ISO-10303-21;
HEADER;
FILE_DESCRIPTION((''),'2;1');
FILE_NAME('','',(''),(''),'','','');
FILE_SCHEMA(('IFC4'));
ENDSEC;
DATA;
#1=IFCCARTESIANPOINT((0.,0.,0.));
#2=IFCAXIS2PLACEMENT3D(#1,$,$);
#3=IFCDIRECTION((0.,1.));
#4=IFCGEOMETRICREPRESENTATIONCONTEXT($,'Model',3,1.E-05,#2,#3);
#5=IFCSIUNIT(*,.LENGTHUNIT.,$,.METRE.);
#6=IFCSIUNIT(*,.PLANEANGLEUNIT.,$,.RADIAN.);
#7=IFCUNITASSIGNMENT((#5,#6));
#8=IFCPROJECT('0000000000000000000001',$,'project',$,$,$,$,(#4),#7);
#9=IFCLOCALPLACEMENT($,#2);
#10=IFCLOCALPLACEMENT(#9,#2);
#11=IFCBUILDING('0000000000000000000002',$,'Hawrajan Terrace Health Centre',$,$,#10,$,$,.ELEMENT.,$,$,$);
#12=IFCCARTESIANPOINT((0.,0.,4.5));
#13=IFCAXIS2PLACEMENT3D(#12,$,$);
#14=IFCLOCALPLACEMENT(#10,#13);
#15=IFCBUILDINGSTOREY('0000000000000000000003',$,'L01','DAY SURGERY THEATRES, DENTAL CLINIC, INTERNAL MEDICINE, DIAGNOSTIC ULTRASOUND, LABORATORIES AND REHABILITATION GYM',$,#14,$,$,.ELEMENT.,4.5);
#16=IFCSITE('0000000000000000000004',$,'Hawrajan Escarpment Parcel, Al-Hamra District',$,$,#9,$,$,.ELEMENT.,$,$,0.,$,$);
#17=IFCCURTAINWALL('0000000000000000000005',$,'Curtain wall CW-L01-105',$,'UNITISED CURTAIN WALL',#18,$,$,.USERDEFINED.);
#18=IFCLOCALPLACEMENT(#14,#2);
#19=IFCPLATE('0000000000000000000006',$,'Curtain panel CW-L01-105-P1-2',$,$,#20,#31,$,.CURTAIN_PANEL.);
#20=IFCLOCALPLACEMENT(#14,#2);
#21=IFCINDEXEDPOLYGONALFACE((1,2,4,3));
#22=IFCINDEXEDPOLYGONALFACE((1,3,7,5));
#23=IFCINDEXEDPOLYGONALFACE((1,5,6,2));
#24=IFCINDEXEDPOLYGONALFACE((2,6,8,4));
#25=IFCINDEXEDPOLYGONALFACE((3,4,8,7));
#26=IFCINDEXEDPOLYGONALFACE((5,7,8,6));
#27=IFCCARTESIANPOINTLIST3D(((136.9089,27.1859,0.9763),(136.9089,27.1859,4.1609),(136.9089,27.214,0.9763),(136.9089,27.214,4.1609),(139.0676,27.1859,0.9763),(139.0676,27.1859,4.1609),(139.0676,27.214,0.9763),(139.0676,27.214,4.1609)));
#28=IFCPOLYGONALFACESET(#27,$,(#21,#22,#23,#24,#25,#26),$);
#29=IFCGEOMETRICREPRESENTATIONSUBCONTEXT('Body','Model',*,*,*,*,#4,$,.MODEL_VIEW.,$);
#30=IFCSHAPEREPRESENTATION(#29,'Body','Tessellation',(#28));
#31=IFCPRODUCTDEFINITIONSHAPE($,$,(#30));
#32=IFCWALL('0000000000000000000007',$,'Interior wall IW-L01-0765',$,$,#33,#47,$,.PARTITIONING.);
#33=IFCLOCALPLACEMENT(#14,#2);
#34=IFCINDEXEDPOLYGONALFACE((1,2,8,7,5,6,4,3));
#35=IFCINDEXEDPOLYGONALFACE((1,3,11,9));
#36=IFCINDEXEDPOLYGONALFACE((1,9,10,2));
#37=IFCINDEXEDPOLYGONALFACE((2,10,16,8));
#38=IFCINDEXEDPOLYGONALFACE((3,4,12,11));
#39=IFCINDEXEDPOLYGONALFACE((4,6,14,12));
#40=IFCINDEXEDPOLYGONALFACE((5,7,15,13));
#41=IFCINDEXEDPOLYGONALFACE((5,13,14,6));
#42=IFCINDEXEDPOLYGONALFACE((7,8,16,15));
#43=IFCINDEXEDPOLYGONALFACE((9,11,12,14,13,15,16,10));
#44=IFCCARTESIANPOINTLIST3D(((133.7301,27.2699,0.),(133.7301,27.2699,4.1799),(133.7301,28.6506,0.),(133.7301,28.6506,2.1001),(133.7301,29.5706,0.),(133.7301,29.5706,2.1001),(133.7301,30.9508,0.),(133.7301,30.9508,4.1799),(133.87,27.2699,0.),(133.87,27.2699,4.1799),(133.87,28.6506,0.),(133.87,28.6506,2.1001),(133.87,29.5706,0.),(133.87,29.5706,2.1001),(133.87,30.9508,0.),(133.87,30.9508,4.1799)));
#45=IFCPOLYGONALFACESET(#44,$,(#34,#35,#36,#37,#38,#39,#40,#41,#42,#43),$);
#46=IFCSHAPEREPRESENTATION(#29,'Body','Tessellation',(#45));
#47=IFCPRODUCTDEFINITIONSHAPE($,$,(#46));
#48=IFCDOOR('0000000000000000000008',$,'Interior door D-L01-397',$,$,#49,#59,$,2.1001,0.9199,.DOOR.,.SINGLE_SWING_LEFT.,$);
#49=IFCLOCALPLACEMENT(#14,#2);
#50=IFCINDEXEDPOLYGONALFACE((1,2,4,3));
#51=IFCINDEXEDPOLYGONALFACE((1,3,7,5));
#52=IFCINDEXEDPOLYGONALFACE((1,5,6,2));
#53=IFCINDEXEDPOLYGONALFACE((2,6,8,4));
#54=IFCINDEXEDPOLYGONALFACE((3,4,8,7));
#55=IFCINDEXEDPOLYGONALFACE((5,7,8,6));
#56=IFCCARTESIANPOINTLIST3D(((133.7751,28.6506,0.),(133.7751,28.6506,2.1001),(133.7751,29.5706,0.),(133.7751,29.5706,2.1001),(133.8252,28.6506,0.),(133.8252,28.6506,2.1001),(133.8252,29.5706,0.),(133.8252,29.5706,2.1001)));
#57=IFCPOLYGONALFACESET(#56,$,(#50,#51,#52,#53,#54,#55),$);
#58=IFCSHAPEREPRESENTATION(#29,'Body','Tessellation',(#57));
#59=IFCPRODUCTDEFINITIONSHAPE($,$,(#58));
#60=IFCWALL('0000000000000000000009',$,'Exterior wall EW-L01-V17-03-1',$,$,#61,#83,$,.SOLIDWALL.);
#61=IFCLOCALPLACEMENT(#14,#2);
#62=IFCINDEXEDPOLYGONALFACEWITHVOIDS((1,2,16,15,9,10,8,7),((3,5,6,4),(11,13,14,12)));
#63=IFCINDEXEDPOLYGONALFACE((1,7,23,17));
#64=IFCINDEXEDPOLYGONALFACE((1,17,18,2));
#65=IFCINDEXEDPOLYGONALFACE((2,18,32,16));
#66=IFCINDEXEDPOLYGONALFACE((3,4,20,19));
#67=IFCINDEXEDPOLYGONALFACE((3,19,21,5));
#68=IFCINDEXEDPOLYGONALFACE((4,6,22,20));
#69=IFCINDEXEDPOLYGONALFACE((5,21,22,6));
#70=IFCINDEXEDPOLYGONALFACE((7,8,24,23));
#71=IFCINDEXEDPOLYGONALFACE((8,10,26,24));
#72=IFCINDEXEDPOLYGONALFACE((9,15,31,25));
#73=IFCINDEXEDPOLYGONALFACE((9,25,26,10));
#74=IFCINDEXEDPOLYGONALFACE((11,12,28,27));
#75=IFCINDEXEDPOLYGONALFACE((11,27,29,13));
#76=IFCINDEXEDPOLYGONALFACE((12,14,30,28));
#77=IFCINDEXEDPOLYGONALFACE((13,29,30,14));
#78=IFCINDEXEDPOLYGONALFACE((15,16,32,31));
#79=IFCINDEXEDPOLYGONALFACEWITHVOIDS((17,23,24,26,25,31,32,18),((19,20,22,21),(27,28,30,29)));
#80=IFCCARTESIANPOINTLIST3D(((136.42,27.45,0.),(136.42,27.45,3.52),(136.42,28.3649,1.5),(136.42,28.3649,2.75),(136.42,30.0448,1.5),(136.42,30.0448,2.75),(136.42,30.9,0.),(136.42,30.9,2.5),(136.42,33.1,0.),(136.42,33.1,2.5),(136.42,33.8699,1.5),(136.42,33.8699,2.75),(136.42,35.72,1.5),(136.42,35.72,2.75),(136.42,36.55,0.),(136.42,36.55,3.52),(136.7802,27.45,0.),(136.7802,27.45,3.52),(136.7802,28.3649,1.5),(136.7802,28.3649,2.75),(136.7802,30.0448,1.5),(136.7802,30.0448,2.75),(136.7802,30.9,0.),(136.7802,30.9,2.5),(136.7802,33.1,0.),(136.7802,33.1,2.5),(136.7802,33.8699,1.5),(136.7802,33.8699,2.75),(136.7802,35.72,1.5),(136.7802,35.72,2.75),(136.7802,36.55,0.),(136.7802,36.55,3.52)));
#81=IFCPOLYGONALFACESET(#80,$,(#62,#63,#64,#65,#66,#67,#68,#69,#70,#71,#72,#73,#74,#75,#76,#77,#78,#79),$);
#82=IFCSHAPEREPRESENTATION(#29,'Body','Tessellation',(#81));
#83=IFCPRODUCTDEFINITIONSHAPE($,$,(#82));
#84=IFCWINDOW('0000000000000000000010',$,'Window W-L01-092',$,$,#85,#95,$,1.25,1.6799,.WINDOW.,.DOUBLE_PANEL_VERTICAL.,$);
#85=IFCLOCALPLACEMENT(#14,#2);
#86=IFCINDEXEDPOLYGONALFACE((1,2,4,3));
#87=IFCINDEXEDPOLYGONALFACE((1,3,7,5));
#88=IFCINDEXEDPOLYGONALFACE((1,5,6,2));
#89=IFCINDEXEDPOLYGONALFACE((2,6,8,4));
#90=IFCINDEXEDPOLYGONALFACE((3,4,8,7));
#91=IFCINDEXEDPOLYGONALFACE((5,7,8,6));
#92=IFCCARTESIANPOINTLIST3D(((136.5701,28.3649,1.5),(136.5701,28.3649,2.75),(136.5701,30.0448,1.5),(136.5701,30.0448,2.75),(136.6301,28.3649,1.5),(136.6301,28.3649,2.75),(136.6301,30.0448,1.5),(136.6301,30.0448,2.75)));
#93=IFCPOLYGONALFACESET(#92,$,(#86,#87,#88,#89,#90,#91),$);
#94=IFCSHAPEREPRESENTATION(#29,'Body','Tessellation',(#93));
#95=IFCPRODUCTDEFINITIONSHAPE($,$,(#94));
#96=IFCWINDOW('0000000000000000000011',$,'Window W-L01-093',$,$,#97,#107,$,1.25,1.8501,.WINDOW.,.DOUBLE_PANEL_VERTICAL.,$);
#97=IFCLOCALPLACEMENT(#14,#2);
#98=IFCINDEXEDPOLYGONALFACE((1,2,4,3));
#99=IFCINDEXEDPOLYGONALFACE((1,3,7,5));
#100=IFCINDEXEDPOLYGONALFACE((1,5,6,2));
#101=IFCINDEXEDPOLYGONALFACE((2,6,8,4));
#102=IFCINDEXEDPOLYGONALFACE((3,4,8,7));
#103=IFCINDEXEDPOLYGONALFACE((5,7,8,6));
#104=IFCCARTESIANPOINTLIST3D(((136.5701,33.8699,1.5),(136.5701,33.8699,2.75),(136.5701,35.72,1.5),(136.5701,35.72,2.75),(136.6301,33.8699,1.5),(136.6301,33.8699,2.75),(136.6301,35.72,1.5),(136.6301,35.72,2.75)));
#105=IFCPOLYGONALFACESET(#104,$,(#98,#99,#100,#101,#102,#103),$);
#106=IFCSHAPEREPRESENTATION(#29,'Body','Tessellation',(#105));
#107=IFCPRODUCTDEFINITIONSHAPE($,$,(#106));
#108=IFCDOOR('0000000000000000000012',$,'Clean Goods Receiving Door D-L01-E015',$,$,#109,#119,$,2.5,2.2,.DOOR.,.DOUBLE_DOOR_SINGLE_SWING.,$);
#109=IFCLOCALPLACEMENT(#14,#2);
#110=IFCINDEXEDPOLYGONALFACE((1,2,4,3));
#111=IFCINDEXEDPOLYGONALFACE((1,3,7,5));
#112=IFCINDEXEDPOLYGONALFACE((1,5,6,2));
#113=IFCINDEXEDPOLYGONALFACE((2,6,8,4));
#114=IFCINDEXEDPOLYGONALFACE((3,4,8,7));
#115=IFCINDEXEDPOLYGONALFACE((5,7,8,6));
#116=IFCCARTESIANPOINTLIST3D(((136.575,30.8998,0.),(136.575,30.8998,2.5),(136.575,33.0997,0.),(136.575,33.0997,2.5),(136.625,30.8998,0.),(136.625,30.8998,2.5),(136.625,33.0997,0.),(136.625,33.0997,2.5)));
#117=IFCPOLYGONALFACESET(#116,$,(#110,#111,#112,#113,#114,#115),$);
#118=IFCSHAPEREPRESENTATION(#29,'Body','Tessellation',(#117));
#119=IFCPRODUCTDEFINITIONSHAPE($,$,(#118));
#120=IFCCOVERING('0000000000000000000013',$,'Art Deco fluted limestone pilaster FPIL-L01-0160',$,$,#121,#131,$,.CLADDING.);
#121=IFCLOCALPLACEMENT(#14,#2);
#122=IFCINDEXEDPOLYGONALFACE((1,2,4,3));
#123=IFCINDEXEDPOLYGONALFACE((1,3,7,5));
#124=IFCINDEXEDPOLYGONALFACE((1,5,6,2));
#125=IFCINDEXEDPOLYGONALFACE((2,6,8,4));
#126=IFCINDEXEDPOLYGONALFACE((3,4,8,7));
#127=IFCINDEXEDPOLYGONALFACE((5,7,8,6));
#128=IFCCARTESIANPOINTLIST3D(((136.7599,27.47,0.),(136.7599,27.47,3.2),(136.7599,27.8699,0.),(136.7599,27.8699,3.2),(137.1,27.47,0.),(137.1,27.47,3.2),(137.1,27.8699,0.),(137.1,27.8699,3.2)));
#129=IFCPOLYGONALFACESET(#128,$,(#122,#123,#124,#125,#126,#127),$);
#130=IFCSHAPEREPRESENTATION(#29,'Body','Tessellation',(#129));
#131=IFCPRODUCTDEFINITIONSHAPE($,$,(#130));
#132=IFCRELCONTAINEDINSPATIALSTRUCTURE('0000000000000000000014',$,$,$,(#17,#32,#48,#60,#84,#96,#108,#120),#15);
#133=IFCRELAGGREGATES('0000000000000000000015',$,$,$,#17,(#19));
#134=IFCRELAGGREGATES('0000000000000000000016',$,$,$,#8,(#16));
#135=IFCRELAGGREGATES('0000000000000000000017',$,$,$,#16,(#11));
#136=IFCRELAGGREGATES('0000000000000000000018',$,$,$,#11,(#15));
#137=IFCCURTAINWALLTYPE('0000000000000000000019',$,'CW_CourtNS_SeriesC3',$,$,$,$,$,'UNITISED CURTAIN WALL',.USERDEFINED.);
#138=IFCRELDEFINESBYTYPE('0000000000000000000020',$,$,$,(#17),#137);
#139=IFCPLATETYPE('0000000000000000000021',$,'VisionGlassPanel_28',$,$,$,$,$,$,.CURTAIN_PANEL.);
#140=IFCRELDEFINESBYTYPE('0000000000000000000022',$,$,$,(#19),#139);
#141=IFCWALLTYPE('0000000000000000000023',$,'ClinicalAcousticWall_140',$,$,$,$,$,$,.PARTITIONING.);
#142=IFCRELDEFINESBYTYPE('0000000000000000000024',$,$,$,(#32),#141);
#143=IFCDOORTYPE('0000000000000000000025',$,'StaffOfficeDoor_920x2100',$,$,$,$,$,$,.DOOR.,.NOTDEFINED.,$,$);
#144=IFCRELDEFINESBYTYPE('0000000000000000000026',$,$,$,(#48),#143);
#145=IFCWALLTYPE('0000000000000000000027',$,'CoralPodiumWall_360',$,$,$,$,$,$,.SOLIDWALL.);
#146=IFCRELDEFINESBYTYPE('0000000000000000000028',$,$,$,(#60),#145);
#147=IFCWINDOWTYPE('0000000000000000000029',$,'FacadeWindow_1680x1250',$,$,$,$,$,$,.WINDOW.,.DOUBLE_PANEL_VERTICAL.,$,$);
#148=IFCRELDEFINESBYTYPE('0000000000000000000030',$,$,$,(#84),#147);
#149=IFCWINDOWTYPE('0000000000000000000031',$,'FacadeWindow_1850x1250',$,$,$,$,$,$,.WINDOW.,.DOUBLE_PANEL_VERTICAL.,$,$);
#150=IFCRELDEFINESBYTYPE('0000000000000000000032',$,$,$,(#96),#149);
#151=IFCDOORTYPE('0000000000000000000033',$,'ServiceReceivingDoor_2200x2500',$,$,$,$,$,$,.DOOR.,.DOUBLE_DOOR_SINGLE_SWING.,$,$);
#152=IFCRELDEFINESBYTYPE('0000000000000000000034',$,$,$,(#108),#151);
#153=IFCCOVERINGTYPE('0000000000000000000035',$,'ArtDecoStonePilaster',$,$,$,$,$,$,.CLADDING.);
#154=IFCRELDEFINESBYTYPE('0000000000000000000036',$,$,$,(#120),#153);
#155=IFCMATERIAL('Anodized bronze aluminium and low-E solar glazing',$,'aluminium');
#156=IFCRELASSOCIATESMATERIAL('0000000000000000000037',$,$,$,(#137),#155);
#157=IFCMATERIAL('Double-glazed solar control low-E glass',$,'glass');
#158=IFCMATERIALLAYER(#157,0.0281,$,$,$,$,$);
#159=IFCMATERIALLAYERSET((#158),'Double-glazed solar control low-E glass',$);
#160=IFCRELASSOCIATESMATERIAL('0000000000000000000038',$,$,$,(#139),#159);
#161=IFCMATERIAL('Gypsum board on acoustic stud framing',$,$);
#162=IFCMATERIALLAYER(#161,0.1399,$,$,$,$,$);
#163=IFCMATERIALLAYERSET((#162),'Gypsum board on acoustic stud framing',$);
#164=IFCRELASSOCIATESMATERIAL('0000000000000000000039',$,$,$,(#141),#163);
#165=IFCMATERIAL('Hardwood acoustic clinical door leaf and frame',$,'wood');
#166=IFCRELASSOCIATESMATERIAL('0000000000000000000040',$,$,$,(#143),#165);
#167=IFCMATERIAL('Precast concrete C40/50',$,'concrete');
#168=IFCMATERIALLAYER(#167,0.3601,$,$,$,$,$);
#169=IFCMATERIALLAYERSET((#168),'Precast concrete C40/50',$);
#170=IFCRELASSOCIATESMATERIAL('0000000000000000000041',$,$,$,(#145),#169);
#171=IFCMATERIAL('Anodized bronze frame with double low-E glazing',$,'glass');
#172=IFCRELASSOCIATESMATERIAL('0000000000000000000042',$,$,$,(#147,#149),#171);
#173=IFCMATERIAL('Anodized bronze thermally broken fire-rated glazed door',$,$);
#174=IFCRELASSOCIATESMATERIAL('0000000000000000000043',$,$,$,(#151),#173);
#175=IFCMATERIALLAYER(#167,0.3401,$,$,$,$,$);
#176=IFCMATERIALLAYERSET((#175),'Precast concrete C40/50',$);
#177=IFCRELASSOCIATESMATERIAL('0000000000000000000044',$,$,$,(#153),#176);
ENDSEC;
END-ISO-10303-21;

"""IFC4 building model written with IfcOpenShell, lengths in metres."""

from ifc_helpers import new_model, si_unit, direction, frame, frame_2d, origin, origin_2d, place, context, subcontext, project, spatial, rectangle, extrude, material, layer, layer_set, type_object, element, fill, aggregate, save


model = new_model("IFC4")

# Units and contexts
model_context = context("Model", 3, precision=1e-05, world=origin(), true_north=direction((0.0, 1.0)))
body_context = subcontext(model_context, "Body", "Model", "MODEL_VIEW")
ifc_project = project(units=[si_unit("LENGTHUNIT", "METRE"), si_unit("PLANEANGLEUNIT", "RADIAN")], contexts=[model_context])

# Site, building, storey
site_placement = place(None, origin())
site = spatial("IfcSite", under=ifc_project, at=site_placement, Name="Hawrajan Escarpment Parcel, Al-Hamra District", CompositionType="ELEMENT", RefElevation=0.0)
building_placement = place(site_placement, origin())
building = spatial("IfcBuilding", under=site, at=building_placement, Name="Hawrajan Terrace Health Centre", CompositionType="ELEMENT")
storey_placement = place(building_placement, frame((0.0, 0.0, 4.5)))
storey = spatial("IfcBuildingStorey", under=building, at=storey_placement, Name="L01", Description="DAY SURGERY THEATRES, DENTAL CLINIC, INTERNAL MEDICINE, DIAGNOSTIC ULTRASOUND, LABORATORIES AND REHABILITATION GYM", CompositionType="ELEMENT", Elevation=4.5)

# Curtain wall
ifc_material_1 = material(Name="Anodized bronze aluminium and low-E solar glazing", Category="aluminium")
curtain_wall_type = type_object("IfcCurtainWallType", Name="CW_CourtNS_SeriesC3", ElementType="UNITISED CURTAIN WALL", PredefinedType="USERDEFINED", material=ifc_material_1)
curtain_wall_placement = place(storey_placement, origin())
curtain_wall = element("IfcCurtainWall", 1, at=curtain_wall_placement, inside=storey, type_object=curtain_wall_type, Name="Curtain wall CW-L01-105", ObjectType="UNITISED CURTAIN WALL", PredefinedType="USERDEFINED")

# Plate
ifc_material_2 = material(Name="Double-glazed solar control low-E glass", Category="glass")
ifc_layer_1 = layer(ifc_material_2, 0.0281)
ifc_layer_set_1 = layer_set([ifc_layer_1], Name="Double-glazed solar control low-E glass")
plate_type_1 = type_object("IfcPlateType", Name="VisionGlassPanel_28", PredefinedType="CURTAIN_PANEL", material=ifc_layer_set_1)
plate_1_placement = place(storey_placement, frame((137.9883, 27.2, 0.9763), z_axis=(0.0, 0.0, 1.0), x_axis=(1.0, 0.0, 0.0)))
plate_1 = element("IfcPlate", 2, at=plate_1_placement, type_object=plate_type_1, Name="Curtain panel CW-L01-105-P1-2", PredefinedType="CURTAIN_PANEL", context=body_context, shape_type="SweptSolid", body=[
    extrude(rectangle(XDim=2.1587, YDim=0.0281, at=origin_2d()), origin(), (0.0, 0.0, 1.0), 3.1846),
])
aggregate(curtain_wall, [plate_1])

# Wall, opening, door
ifc_material_3 = material(Name="Gypsum board on acoustic stud framing")
ifc_layer_2 = layer(ifc_material_3, 0.1399)
ifc_layer_set_2 = layer_set([ifc_layer_2], Name="Gypsum board on acoustic stud framing")
wall_type_1 = type_object("IfcWallType", Name="ClinicalAcousticWall_140", PredefinedType="PARTITIONING", material=ifc_layer_set_2)
wall_1_placement = place(storey_placement, frame((133.8, 27.27, 0.0), z_axis=(0.0, 0.0, 1.0), x_axis=(0.0, 1.0, 0.0)))
wall_1 = element("IfcWall", 3, at=wall_1_placement, inside=storey, type_object=wall_type_1, Name="Interior wall IW-L01-0765", PredefinedType="PARTITIONING", context=body_context, shape_type="SweptSolid", body=[
    extrude(rectangle(XDim=3.6809, YDim=0.1399, at=frame_2d((1.8403, 0.0))), origin(), (0.0, 0.0, 1.0), 4.1799),
])
opening_1_placement = place(wall_1_placement, frame((1.3806, 0.0, 0.0)))
opening_1 = element("IfcOpeningElement", 4, at=opening_1_placement, cuts=wall_1, PredefinedType="OPENING", context=body_context, shape_type="SweptSolid", body=[
    extrude(rectangle(XDim=0.9199, YDim=2.1001, at=frame_2d((0.46, 1.05))), frame((0.0, 0.0798, 0.0), z_axis=(0.0, -1.0, 0.0), x_axis=(1.0, 0.0, 0.0)), (0.0, 0.0, 1.0), 0.1599),
])
ifc_material_4 = material(Name="Hardwood acoustic clinical door leaf and frame", Category="wood")
door_type_1 = type_object("IfcDoorType", Name="StaffOfficeDoor_920x2100", OperationType="NOTDEFINED", PredefinedType="DOOR", material=ifc_material_4)
door_1_placement = place(opening_1_placement, origin())
door_1 = element("IfcDoor", 5, at=door_1_placement, inside=storey, type_object=door_type_1, Name="Interior door D-L01-397", OperationType="SINGLE_SWING_LEFT", OverallHeight=2.1001, OverallWidth=0.9199, PredefinedType="DOOR", context=body_context, shape_type="SweptSolid", body=[
    extrude(rectangle(XDim=0.9199, YDim=2.1001, at=frame_2d((0.46, 1.05))), frame((0.0, 0.0249, 0.0), z_axis=(0.0, -1.0, 0.0), x_axis=(1.0, 0.0, 0.0)), (0.0, 0.0, 1.0), 0.05),
])
fill(opening_1, door_1)

# Wall, openings, windows, door
ifc_material_5 = material(Name="Precast concrete C40/50", Category="concrete")
ifc_layer_3 = layer(ifc_material_5, 0.3601)
ifc_layer_set_3 = layer_set([ifc_layer_3], Name="Precast concrete C40/50")
wall_type_2 = type_object("IfcWallType", Name="CoralPodiumWall_360", PredefinedType="SOLIDWALL", material=ifc_layer_set_3)
wall_2_placement = place(storey_placement, frame((136.6001, 27.45, 0.0), z_axis=(0.0, 0.0, 1.0), x_axis=(0.0, 1.0, 0.0)))
wall_2 = element("IfcWall", 6, at=wall_2_placement, inside=storey, type_object=wall_type_2, Name="Exterior wall EW-L01-V17-03-1", PredefinedType="SOLIDWALL", context=body_context, shape_type="SweptSolid", body=[
    extrude(rectangle(XDim=9.1001, YDim=0.3601, at=frame_2d((4.55, 0.0))), origin(), (0.0, 0.0, 1.0), 3.52),
])
opening_2_placement = place(wall_2_placement, frame((3.45, 0.0, 0.0)))
opening_2 = element("IfcOpeningElement", 7, at=opening_2_placement, cuts=wall_2, PredefinedType="OPENING", context=body_context, shape_type="SweptSolid", body=[
    extrude(rectangle(XDim=2.2, YDim=2.5, at=frame_2d((1.1001, 1.25))), frame((0.0, 0.1899, 0.0), z_axis=(0.0, -1.0, 0.0), x_axis=(1.0, 0.0, 0.0)), (0.0, 0.0, 1.0), 0.3801),
])
opening_3_placement = place(wall_2_placement, frame((0.915, 0.0, 1.5)))
opening_3 = element("IfcOpeningElement", 8, at=opening_3_placement, cuts=wall_2, PredefinedType="OPENING", context=body_context, shape_type="SweptSolid", body=[
    extrude(rectangle(XDim=1.6799, YDim=1.25, at=frame_2d((0.8398, 0.625))), frame((0.0, 0.1899, 0.0), z_axis=(0.0, -1.0, 0.0), x_axis=(1.0, 0.0, 0.0)), (0.0, 0.0, 1.0), 0.3801),
])
opening_4_placement = place(wall_2_placement, frame((6.4199, 0.0, 1.5)))
opening_4 = element("IfcOpeningElement", 9, at=opening_4_placement, cuts=wall_2, PredefinedType="OPENING", context=body_context, shape_type="SweptSolid", body=[
    extrude(rectangle(XDim=1.8501, YDim=1.25, at=frame_2d((0.925, 0.625))), frame((0.0, 0.1899, 0.0), z_axis=(0.0, -1.0, 0.0), x_axis=(1.0, 0.0, 0.0)), (0.0, 0.0, 1.0), 0.3801),
])
ifc_material_6 = material(Name="Anodized bronze frame with double low-E glazing", Category="glass")
window_type_1 = type_object("IfcWindowType", Name="FacadeWindow_1680x1250", PartitioningType="DOUBLE_PANEL_VERTICAL", PredefinedType="WINDOW", material=ifc_material_6)
window_1_placement = place(opening_3_placement, origin())
window_1 = element("IfcWindow", 10, at=window_1_placement, inside=storey, type_object=window_type_1, Name="Window W-L01-092", OverallHeight=1.25, OverallWidth=1.6799, PartitioningType="DOUBLE_PANEL_VERTICAL", PredefinedType="WINDOW", context=body_context, shape_type="SweptSolid", body=[
    extrude(rectangle(XDim=1.6799, YDim=1.25, at=frame_2d((0.8398, 0.625))), frame((0.0, 0.03, 0.0), z_axis=(0.0, -1.0, 0.0), x_axis=(1.0, 0.0, 0.0)), (0.0, 0.0, 1.0), 0.0601),
])
fill(opening_3, window_1)
window_type_2 = type_object("IfcWindowType", Name="FacadeWindow_1850x1250", PartitioningType="DOUBLE_PANEL_VERTICAL", PredefinedType="WINDOW", material=ifc_material_6)
window_2_placement = place(opening_4_placement, origin())
window_2 = element("IfcWindow", 11, at=window_2_placement, inside=storey, type_object=window_type_2, Name="Window W-L01-093", OverallHeight=1.25, OverallWidth=1.8501, PartitioningType="DOUBLE_PANEL_VERTICAL", PredefinedType="WINDOW", context=body_context, shape_type="SweptSolid", body=[
    extrude(rectangle(XDim=1.8501, YDim=1.25, at=frame_2d((0.925, 0.625))), frame((0.0, 0.03, 0.0), z_axis=(0.0, -1.0, 0.0), x_axis=(1.0, 0.0, 0.0)), (0.0, 0.0, 1.0), 0.0601),
])
fill(opening_4, window_2)
ifc_material_7 = material(Name="Anodized bronze thermally broken fire-rated glazed door")
door_type_2 = type_object("IfcDoorType", Name="ServiceReceivingDoor_2200x2500", OperationType="DOUBLE_DOOR_SINGLE_SWING", PredefinedType="DOOR", material=ifc_material_7)
door_2_placement = place(opening_2_placement, frame((2.2, 0.0, 0.0), z_axis=(0.0, 0.0, 1.0), x_axis=(-1.0, 0.0, 0.0)))
door_2 = element("IfcDoor", 12, at=door_2_placement, inside=storey, type_object=door_type_2, Name="Clean Goods Receiving Door D-L01-E015", OperationType="DOUBLE_DOOR_SINGLE_SWING", OverallHeight=2.5, OverallWidth=2.2, PredefinedType="DOOR", context=body_context, shape_type="SweptSolid", body=[
    extrude(rectangle(XDim=2.2, YDim=2.5, at=frame_2d((1.1001, 1.25))), frame((0.0, 0.0249, 0.0), z_axis=(0.0, -1.0, 0.0), x_axis=(1.0, 0.0, 0.0)), (0.0, 0.0, 1.0), 0.05),
])
fill(opening_2, door_2)

# Covering
ifc_layer_4 = layer(ifc_material_5, 0.3401)
ifc_layer_set_4 = layer_set([ifc_layer_4], Name="Precast concrete C40/50")
covering_type = type_object("IfcCoveringType", Name="ArtDecoStonePilaster", PredefinedType="CLADDING", material=ifc_layer_set_4)
covering_placement = place(storey_placement, frame((136.9299, 27.6699, 0.0), z_axis=(0.0, 0.0, 1.0), x_axis=(0.0, 1.0, 0.0)))
element("IfcCovering", 13, at=covering_placement, inside=storey, type_object=covering_type, Name="Art Deco fluted limestone pilaster FPIL-L01-0160", PredefinedType="CLADDING", context=body_context, shape_type="SweptSolid", body=[
    extrude(rectangle(XDim=0.3999, YDim=0.3401, at=origin_2d()), origin(), (0.0, 0.0, 1.0), 3.2),
])

save(model, "model.ifc")
